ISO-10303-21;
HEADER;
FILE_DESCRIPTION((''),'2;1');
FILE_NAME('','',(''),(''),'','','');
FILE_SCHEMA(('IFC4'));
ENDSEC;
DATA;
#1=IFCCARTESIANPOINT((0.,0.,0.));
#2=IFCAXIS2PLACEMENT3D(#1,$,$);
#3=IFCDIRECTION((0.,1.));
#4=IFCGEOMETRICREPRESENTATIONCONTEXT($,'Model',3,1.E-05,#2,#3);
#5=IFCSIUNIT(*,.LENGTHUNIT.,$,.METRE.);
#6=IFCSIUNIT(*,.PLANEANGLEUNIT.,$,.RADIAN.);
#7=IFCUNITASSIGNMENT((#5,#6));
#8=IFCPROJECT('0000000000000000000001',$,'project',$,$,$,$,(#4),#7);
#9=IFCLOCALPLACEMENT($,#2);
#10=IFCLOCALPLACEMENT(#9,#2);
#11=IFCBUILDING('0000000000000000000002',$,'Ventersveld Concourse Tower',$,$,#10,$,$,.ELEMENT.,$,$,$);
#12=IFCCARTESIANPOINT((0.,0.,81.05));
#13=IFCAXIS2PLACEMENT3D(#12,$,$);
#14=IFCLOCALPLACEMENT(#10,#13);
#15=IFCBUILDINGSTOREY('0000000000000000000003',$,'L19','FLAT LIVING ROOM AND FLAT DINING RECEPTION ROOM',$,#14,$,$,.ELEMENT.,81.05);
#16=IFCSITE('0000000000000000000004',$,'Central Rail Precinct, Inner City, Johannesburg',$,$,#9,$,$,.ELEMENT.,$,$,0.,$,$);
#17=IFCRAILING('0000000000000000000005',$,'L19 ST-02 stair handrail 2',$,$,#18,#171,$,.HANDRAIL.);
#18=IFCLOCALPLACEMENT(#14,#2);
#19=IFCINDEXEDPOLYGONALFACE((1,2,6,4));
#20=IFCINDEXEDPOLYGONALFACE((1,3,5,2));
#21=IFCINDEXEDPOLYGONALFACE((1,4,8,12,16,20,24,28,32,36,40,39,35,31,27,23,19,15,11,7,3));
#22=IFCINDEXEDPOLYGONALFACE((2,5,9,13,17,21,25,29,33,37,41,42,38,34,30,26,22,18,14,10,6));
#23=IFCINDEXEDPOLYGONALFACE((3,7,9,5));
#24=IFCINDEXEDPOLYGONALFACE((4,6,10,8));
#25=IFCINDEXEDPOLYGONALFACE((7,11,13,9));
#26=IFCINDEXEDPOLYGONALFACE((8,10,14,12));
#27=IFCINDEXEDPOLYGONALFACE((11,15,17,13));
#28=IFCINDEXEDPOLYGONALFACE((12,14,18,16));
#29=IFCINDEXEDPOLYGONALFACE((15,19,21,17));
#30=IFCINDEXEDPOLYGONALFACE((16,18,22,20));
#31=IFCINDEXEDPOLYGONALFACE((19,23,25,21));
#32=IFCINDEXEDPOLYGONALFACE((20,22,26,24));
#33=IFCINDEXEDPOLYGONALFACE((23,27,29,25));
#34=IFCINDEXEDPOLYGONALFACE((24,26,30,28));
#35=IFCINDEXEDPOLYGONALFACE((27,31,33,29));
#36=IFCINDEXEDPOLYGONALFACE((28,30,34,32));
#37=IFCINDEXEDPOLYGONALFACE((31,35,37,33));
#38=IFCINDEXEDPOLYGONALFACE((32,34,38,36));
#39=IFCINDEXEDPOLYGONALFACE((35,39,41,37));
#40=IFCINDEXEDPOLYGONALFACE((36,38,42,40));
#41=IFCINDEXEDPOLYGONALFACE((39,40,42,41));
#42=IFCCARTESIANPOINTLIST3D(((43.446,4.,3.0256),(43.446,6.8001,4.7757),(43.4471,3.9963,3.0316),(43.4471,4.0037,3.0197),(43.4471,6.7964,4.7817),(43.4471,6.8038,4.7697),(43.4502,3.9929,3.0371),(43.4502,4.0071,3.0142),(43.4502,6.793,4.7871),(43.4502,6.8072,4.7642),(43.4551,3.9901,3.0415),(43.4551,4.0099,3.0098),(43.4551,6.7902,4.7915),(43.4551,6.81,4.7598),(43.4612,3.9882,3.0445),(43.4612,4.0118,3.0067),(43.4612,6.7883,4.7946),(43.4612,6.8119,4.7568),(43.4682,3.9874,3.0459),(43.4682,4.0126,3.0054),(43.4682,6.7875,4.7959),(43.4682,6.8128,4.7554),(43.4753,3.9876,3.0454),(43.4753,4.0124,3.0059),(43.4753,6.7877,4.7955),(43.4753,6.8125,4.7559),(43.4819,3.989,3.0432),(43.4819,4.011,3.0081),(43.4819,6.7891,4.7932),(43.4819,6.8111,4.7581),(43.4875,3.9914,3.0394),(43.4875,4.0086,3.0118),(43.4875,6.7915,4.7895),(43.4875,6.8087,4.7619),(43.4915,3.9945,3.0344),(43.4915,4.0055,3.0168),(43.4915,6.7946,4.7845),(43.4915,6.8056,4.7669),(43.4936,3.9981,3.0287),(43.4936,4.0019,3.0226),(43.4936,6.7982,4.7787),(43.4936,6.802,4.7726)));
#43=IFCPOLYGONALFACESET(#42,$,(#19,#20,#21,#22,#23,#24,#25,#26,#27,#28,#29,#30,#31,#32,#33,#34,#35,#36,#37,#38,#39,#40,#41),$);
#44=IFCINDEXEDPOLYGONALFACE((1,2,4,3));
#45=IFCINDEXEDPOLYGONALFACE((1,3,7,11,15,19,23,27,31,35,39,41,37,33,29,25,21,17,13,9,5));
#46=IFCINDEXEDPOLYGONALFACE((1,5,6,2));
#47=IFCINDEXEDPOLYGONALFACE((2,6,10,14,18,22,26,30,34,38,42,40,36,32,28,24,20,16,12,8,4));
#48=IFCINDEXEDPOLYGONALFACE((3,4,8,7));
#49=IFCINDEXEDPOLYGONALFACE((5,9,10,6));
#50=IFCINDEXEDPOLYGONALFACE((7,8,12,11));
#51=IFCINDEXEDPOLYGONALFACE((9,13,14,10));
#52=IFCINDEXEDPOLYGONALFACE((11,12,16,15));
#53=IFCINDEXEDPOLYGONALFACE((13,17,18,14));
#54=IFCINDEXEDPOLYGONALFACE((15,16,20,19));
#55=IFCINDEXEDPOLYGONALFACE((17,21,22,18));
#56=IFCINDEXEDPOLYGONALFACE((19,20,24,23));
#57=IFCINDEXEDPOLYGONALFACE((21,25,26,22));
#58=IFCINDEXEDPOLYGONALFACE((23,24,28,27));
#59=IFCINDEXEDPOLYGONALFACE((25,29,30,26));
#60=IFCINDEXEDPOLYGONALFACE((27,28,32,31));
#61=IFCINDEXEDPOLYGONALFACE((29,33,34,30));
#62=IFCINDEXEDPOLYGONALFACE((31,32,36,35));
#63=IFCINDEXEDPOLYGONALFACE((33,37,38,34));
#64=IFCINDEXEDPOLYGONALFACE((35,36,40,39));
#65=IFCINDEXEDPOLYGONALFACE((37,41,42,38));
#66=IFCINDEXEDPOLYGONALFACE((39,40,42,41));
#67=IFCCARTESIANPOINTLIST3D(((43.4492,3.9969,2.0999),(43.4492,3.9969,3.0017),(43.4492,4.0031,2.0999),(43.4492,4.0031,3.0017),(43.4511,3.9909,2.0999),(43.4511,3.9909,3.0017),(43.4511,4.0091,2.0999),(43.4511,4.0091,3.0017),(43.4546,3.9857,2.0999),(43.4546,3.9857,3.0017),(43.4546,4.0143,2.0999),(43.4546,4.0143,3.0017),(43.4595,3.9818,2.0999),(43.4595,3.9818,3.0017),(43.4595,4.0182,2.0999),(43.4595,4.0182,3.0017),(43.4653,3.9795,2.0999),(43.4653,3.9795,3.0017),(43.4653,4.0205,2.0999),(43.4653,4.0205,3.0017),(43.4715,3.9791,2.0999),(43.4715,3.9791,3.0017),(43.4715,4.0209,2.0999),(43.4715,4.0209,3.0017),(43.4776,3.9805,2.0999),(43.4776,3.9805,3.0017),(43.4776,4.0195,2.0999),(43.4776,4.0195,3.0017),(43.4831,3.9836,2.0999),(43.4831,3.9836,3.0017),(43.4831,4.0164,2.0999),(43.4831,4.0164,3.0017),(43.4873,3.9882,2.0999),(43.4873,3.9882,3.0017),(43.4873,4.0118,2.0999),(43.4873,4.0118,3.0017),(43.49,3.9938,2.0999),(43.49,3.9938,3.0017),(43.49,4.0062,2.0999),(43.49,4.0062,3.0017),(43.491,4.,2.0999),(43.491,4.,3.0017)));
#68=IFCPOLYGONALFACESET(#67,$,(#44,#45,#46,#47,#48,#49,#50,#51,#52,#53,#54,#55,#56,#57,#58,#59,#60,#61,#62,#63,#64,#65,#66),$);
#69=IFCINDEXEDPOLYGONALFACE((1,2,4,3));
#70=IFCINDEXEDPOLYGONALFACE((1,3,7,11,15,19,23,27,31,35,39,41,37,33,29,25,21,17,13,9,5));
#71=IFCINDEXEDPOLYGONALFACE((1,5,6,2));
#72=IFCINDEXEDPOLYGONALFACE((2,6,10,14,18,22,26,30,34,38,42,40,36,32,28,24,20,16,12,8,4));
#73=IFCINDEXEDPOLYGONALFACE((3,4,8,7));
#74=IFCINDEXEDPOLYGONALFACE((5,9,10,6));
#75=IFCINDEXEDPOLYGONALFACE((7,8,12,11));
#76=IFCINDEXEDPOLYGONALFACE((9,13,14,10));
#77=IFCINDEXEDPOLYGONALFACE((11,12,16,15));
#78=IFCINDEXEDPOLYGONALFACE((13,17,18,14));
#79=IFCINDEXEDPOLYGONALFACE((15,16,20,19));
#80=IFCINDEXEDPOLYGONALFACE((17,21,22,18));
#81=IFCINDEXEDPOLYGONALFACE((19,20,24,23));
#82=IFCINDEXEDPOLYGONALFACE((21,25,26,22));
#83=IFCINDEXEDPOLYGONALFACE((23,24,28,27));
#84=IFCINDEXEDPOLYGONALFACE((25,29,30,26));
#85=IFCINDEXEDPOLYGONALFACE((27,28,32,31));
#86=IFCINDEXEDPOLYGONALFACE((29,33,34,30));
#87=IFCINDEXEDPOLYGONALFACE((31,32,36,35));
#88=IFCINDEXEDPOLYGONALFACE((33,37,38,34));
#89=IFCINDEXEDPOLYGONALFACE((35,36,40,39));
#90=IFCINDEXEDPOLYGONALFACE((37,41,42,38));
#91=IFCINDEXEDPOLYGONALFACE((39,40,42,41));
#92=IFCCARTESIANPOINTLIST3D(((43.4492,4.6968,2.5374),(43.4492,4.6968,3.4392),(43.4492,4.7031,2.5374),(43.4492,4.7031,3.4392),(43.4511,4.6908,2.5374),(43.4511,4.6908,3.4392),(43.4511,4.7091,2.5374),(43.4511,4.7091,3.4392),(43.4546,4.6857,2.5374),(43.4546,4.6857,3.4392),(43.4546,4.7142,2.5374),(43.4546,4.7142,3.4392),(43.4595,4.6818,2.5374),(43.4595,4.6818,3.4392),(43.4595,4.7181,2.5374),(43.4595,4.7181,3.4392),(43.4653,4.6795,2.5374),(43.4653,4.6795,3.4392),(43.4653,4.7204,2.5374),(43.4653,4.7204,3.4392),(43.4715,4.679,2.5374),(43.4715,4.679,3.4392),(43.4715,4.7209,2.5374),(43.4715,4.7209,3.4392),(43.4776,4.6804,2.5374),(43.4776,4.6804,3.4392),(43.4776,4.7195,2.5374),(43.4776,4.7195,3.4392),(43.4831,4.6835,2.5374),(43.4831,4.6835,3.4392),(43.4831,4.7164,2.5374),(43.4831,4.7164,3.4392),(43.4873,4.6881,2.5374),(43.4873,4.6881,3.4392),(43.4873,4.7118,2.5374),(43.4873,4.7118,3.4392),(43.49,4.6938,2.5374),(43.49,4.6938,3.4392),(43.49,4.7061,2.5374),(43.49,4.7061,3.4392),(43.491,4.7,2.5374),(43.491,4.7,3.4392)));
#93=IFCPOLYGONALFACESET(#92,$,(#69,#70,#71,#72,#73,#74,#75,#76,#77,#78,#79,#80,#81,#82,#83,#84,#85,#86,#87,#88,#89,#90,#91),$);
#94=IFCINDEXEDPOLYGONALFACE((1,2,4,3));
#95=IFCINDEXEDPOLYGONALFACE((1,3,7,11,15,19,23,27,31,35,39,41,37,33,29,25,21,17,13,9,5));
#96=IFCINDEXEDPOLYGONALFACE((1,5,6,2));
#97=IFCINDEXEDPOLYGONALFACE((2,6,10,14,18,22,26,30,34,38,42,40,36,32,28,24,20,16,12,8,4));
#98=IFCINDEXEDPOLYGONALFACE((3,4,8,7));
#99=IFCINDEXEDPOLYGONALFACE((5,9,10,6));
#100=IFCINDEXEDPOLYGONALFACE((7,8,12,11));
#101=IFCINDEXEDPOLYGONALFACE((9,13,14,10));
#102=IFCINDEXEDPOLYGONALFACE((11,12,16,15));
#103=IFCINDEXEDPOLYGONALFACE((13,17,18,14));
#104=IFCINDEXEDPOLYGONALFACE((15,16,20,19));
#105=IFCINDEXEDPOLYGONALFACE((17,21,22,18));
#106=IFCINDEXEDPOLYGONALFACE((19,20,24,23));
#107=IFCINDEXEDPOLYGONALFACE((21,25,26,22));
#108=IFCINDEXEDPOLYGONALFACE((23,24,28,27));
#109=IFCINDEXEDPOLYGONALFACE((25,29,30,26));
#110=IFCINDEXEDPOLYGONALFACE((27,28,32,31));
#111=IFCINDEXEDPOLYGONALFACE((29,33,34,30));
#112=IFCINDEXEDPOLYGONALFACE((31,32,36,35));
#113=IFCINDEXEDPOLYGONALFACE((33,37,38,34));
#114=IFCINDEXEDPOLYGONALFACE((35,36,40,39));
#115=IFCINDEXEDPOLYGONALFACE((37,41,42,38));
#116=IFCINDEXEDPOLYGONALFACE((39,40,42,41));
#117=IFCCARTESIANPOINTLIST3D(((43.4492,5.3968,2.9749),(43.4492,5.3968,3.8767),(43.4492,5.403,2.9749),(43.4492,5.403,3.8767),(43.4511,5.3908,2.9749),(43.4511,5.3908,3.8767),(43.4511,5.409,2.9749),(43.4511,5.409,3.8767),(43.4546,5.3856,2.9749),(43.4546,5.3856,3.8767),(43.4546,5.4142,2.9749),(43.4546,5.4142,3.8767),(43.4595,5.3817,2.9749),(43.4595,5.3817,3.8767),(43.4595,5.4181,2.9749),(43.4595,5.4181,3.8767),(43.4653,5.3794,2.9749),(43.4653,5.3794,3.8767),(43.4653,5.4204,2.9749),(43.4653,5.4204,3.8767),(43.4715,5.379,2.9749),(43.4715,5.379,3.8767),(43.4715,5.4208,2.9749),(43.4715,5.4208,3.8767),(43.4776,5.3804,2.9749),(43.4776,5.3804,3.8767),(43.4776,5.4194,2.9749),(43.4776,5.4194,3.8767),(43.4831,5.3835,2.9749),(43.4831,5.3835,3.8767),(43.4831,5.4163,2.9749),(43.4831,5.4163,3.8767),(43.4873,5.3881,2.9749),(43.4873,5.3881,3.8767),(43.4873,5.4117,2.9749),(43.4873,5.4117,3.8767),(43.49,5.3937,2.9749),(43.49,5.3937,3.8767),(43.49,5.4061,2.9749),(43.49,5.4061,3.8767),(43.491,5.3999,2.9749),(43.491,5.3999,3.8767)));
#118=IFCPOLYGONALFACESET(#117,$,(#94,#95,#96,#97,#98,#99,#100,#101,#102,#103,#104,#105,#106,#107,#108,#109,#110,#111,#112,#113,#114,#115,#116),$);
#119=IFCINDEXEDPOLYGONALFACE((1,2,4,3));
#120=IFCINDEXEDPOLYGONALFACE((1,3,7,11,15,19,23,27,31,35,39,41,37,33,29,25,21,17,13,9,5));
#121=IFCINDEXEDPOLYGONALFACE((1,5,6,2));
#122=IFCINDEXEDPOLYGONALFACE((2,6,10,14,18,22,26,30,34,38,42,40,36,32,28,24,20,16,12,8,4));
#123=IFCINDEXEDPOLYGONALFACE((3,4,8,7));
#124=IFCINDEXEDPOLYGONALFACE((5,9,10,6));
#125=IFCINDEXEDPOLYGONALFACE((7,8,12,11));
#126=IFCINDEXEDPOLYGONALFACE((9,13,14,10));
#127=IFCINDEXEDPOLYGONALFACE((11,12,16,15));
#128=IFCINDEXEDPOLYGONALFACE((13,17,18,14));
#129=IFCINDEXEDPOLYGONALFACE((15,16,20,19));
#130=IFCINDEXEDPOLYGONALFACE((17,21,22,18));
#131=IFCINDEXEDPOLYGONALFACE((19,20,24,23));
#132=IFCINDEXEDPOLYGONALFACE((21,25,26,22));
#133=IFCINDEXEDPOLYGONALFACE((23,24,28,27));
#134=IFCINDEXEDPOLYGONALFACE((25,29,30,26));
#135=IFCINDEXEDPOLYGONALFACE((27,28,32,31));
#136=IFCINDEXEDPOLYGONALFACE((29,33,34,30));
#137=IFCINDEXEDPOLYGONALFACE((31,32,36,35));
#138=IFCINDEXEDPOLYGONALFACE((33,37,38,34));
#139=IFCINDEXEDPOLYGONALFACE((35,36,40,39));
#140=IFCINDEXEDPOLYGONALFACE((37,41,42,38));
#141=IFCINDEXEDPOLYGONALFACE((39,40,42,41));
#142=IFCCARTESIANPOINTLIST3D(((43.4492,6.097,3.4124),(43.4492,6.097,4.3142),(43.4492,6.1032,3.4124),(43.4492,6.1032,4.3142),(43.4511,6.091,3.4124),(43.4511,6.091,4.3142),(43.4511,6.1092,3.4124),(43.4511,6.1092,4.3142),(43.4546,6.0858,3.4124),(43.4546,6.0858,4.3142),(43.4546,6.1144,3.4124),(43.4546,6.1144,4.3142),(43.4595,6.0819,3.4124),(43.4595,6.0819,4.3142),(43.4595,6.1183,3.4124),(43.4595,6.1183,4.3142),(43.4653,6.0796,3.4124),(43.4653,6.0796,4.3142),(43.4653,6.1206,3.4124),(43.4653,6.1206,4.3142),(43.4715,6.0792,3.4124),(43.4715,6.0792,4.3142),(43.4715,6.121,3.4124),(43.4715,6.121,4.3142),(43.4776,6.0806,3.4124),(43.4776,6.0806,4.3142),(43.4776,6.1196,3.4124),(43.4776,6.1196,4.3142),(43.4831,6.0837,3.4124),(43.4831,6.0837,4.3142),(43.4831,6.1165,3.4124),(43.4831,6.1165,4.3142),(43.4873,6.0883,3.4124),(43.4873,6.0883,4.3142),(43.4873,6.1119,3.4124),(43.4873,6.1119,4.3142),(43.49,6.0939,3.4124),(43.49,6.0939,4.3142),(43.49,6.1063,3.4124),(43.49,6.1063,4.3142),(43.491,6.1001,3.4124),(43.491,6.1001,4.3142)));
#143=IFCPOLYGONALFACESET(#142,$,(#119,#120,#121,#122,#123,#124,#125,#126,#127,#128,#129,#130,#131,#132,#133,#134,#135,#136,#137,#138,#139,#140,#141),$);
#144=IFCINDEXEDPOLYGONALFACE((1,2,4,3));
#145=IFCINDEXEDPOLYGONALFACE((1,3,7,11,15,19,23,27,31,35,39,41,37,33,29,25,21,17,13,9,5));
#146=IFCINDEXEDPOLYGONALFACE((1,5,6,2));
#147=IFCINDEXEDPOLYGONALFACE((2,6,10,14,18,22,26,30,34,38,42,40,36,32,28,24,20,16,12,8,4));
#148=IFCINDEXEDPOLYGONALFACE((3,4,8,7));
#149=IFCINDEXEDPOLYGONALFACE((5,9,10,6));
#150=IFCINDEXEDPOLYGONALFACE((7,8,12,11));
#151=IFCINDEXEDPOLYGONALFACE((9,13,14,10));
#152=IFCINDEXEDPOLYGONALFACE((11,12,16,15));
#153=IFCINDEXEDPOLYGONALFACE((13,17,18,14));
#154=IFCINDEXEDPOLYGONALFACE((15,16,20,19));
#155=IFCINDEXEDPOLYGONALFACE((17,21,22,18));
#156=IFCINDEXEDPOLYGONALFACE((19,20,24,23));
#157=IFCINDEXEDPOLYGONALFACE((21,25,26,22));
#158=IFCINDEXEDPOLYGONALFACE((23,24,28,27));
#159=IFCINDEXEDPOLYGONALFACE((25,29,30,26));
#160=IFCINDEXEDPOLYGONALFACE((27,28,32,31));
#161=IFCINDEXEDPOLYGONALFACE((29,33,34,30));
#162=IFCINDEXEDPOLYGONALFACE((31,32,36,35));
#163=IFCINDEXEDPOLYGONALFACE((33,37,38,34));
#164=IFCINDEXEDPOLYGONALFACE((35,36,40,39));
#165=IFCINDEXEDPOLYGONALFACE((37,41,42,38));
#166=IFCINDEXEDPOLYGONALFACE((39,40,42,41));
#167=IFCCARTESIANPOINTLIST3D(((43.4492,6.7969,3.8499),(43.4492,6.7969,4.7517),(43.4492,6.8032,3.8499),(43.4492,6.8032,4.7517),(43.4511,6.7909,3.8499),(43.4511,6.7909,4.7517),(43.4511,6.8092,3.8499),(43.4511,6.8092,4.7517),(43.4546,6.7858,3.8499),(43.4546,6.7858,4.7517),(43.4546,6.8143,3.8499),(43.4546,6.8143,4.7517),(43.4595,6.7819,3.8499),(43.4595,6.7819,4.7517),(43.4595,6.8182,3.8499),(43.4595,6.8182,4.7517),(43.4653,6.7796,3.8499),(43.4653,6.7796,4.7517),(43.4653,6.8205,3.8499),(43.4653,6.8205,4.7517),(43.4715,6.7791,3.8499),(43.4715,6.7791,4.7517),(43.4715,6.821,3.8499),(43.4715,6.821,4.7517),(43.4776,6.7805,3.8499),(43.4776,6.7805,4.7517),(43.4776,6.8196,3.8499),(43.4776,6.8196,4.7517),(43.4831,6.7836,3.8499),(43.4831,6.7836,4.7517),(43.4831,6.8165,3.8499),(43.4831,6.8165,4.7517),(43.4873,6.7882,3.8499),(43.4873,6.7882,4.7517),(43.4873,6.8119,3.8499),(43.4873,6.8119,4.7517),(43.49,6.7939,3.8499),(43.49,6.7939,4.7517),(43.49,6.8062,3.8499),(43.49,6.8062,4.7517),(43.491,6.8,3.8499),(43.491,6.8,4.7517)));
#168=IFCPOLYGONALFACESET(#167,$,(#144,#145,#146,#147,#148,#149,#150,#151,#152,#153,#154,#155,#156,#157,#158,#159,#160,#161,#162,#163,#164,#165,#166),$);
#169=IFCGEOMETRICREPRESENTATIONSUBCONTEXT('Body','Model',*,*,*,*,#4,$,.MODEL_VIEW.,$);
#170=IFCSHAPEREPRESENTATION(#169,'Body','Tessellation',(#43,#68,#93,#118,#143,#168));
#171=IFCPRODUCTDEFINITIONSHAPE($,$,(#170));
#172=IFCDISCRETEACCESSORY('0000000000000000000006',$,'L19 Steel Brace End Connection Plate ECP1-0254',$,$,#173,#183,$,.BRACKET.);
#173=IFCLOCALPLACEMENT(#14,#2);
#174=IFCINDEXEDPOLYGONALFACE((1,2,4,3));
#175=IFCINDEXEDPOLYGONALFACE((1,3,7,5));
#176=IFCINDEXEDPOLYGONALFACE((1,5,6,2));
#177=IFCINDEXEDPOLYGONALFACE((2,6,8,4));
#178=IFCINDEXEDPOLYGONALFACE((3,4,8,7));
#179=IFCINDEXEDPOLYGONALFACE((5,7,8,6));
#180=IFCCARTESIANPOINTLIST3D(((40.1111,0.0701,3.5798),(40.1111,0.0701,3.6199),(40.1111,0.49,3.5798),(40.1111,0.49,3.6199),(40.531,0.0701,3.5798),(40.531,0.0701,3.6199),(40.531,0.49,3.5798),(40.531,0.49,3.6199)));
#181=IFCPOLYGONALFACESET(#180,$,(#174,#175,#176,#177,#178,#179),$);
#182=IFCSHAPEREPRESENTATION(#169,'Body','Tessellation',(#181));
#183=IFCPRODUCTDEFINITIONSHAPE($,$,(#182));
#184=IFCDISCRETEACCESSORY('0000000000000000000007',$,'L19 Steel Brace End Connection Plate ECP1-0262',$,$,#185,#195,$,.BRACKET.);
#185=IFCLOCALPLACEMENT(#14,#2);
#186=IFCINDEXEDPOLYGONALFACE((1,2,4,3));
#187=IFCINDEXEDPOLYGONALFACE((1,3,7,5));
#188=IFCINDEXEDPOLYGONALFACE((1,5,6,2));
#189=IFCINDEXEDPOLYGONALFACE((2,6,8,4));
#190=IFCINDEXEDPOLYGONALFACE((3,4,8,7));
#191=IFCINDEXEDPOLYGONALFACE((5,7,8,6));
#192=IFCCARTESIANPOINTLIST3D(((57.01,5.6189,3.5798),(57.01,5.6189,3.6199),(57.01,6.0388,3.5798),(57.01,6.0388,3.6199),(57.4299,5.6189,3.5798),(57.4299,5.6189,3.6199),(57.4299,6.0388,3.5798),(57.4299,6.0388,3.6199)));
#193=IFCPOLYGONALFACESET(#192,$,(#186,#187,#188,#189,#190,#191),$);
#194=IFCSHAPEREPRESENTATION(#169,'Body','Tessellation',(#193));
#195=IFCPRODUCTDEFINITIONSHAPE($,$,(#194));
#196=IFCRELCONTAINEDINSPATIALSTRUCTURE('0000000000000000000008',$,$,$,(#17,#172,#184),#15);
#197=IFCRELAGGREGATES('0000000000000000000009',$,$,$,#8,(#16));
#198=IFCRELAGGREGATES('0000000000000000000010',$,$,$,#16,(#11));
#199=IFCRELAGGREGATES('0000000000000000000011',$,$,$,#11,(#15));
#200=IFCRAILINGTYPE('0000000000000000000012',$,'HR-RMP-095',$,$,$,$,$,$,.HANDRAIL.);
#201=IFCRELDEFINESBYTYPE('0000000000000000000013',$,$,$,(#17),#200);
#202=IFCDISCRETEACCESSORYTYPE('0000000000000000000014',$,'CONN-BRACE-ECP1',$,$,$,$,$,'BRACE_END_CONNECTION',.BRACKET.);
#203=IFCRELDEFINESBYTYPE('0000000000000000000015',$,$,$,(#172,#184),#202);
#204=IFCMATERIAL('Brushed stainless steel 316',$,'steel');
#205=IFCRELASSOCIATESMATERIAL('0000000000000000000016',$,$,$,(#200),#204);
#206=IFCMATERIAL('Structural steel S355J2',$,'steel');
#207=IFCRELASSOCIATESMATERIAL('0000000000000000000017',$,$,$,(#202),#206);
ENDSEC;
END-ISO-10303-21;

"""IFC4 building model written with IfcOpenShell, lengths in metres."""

from ifc_helpers import new_model, si_unit, direction, frame, origin, origin_2d, place, context, subcontext, project, spatial, rectangle, circle, extrude, material, type_object, element, save


model = new_model("IFC4")

# Units and contexts
model_context = context("Model", 3, precision=1e-05, world=origin(), true_north=direction((0.0, 1.0)))
body_context = subcontext(model_context, "Body", "Model", "MODEL_VIEW")
ifc_project = project(units=[si_unit("LENGTHUNIT", "METRE"), si_unit("PLANEANGLEUNIT", "RADIAN")], contexts=[model_context])

# Site, building, storey
site_placement = place(None, origin())
site = spatial("IfcSite", under=ifc_project, at=site_placement, Name="Central Rail Precinct, Inner City, Johannesburg", CompositionType="ELEMENT", RefElevation=0.0)
building_placement = place(site_placement, origin())
building = spatial("IfcBuilding", under=site, at=building_placement, Name="Ventersveld Concourse Tower", CompositionType="ELEMENT")
storey_placement = place(building_placement, frame((0.0, 0.0, 81.05)))
storey = spatial("IfcBuildingStorey", under=building, at=storey_placement, Name="L19", Description="FLAT LIVING ROOM AND FLAT DINING RECEPTION ROOM", CompositionType="ELEMENT", Elevation=81.05)

# Shared definitions
ifc_material_1 = material(Name="Structural steel S355J2", Category="steel")

# Railing
ifc_material_2 = material(Name="Brushed stainless steel 316", Category="steel")
railing_type_1 = type_object("IfcRailingType", Name="HR-RMP-095", PredefinedType="HANDRAIL", material=ifc_material_2)
railing_1_placement = place(storey_placement, frame((43.47, 4.0, 2.0999)))
element("IfcRailing", 1, at=railing_1_placement, inside=storey, type_object=railing_type_1, Name="L19 ST-02 stair handrail 2", PredefinedType="HANDRAIL", context=body_context, shape_type="SweptSolid", body=[
    extrude(circle(Radius=0.0239, at=origin_2d()), frame((0.0, 0.0, 0.9258), z_axis=(0.0, 0.848002, 0.529992), x_axis=(-1.0, 0.0, 0.0)), (0.0, 0.0, 1.0), 3.302),
    extrude(circle(Radius=0.021, at=origin_2d()), origin(), (0.0, 0.0, 1.0), 0.9019),
    extrude(circle(Radius=0.021, at=origin_2d()), frame((0.0, 0.7, 0.4375)), (0.0, 0.0, 1.0), 0.9019),
    extrude(circle(Radius=0.021, at=origin_2d()), frame((0.0, 1.3999, 0.875)), (0.0, 0.0, 1.0), 0.9019),
    extrude(circle(Radius=0.021, at=origin_2d()), frame((0.0, 2.1001, 1.3125)), (0.0, 0.0, 1.0), 0.9019),
    extrude(circle(Radius=0.021, at=origin_2d()), frame((0.0, 2.8, 1.75)), (0.0, 0.0, 1.0), 0.9019),
])

# Discrete accessories
discrete_accessory_type = type_object("IfcDiscreteAccessoryType", Name="CONN-BRACE-ECP1", ElementType="BRACE_END_CONNECTION", PredefinedType="BRACKET", material=ifc_material_1)
for number, where, z_axis, x_axis, name in (
    (2, (40.321, 0.28, 3.5798), (0.0, 0.0, 1.0), (1.0, 0.0, 0.0), "L19 Steel Brace End Connection Plate ECP1-0254"),
    (3, (57.22, 5.8289, 3.5798), (0.0, 0.0, 1.0), (1.0, 0.0, 0.0), "L19 Steel Brace End Connection Plate ECP1-0262"),
):
    element("IfcDiscreteAccessory", number, at=place(storey_placement, frame(where, z_axis=z_axis, x_axis=x_axis)), inside=storey, type_object=discrete_accessory_type, Name=name, PredefinedType="BRACKET", context=body_context, shape_type="SweptSolid", body=[
        extrude(rectangle(XDim=0.4199, YDim=0.4199, at=origin_2d()), origin(), (0.0, 0.0, 1.0), 0.04),
    ])

save(model, "model.ifc")
